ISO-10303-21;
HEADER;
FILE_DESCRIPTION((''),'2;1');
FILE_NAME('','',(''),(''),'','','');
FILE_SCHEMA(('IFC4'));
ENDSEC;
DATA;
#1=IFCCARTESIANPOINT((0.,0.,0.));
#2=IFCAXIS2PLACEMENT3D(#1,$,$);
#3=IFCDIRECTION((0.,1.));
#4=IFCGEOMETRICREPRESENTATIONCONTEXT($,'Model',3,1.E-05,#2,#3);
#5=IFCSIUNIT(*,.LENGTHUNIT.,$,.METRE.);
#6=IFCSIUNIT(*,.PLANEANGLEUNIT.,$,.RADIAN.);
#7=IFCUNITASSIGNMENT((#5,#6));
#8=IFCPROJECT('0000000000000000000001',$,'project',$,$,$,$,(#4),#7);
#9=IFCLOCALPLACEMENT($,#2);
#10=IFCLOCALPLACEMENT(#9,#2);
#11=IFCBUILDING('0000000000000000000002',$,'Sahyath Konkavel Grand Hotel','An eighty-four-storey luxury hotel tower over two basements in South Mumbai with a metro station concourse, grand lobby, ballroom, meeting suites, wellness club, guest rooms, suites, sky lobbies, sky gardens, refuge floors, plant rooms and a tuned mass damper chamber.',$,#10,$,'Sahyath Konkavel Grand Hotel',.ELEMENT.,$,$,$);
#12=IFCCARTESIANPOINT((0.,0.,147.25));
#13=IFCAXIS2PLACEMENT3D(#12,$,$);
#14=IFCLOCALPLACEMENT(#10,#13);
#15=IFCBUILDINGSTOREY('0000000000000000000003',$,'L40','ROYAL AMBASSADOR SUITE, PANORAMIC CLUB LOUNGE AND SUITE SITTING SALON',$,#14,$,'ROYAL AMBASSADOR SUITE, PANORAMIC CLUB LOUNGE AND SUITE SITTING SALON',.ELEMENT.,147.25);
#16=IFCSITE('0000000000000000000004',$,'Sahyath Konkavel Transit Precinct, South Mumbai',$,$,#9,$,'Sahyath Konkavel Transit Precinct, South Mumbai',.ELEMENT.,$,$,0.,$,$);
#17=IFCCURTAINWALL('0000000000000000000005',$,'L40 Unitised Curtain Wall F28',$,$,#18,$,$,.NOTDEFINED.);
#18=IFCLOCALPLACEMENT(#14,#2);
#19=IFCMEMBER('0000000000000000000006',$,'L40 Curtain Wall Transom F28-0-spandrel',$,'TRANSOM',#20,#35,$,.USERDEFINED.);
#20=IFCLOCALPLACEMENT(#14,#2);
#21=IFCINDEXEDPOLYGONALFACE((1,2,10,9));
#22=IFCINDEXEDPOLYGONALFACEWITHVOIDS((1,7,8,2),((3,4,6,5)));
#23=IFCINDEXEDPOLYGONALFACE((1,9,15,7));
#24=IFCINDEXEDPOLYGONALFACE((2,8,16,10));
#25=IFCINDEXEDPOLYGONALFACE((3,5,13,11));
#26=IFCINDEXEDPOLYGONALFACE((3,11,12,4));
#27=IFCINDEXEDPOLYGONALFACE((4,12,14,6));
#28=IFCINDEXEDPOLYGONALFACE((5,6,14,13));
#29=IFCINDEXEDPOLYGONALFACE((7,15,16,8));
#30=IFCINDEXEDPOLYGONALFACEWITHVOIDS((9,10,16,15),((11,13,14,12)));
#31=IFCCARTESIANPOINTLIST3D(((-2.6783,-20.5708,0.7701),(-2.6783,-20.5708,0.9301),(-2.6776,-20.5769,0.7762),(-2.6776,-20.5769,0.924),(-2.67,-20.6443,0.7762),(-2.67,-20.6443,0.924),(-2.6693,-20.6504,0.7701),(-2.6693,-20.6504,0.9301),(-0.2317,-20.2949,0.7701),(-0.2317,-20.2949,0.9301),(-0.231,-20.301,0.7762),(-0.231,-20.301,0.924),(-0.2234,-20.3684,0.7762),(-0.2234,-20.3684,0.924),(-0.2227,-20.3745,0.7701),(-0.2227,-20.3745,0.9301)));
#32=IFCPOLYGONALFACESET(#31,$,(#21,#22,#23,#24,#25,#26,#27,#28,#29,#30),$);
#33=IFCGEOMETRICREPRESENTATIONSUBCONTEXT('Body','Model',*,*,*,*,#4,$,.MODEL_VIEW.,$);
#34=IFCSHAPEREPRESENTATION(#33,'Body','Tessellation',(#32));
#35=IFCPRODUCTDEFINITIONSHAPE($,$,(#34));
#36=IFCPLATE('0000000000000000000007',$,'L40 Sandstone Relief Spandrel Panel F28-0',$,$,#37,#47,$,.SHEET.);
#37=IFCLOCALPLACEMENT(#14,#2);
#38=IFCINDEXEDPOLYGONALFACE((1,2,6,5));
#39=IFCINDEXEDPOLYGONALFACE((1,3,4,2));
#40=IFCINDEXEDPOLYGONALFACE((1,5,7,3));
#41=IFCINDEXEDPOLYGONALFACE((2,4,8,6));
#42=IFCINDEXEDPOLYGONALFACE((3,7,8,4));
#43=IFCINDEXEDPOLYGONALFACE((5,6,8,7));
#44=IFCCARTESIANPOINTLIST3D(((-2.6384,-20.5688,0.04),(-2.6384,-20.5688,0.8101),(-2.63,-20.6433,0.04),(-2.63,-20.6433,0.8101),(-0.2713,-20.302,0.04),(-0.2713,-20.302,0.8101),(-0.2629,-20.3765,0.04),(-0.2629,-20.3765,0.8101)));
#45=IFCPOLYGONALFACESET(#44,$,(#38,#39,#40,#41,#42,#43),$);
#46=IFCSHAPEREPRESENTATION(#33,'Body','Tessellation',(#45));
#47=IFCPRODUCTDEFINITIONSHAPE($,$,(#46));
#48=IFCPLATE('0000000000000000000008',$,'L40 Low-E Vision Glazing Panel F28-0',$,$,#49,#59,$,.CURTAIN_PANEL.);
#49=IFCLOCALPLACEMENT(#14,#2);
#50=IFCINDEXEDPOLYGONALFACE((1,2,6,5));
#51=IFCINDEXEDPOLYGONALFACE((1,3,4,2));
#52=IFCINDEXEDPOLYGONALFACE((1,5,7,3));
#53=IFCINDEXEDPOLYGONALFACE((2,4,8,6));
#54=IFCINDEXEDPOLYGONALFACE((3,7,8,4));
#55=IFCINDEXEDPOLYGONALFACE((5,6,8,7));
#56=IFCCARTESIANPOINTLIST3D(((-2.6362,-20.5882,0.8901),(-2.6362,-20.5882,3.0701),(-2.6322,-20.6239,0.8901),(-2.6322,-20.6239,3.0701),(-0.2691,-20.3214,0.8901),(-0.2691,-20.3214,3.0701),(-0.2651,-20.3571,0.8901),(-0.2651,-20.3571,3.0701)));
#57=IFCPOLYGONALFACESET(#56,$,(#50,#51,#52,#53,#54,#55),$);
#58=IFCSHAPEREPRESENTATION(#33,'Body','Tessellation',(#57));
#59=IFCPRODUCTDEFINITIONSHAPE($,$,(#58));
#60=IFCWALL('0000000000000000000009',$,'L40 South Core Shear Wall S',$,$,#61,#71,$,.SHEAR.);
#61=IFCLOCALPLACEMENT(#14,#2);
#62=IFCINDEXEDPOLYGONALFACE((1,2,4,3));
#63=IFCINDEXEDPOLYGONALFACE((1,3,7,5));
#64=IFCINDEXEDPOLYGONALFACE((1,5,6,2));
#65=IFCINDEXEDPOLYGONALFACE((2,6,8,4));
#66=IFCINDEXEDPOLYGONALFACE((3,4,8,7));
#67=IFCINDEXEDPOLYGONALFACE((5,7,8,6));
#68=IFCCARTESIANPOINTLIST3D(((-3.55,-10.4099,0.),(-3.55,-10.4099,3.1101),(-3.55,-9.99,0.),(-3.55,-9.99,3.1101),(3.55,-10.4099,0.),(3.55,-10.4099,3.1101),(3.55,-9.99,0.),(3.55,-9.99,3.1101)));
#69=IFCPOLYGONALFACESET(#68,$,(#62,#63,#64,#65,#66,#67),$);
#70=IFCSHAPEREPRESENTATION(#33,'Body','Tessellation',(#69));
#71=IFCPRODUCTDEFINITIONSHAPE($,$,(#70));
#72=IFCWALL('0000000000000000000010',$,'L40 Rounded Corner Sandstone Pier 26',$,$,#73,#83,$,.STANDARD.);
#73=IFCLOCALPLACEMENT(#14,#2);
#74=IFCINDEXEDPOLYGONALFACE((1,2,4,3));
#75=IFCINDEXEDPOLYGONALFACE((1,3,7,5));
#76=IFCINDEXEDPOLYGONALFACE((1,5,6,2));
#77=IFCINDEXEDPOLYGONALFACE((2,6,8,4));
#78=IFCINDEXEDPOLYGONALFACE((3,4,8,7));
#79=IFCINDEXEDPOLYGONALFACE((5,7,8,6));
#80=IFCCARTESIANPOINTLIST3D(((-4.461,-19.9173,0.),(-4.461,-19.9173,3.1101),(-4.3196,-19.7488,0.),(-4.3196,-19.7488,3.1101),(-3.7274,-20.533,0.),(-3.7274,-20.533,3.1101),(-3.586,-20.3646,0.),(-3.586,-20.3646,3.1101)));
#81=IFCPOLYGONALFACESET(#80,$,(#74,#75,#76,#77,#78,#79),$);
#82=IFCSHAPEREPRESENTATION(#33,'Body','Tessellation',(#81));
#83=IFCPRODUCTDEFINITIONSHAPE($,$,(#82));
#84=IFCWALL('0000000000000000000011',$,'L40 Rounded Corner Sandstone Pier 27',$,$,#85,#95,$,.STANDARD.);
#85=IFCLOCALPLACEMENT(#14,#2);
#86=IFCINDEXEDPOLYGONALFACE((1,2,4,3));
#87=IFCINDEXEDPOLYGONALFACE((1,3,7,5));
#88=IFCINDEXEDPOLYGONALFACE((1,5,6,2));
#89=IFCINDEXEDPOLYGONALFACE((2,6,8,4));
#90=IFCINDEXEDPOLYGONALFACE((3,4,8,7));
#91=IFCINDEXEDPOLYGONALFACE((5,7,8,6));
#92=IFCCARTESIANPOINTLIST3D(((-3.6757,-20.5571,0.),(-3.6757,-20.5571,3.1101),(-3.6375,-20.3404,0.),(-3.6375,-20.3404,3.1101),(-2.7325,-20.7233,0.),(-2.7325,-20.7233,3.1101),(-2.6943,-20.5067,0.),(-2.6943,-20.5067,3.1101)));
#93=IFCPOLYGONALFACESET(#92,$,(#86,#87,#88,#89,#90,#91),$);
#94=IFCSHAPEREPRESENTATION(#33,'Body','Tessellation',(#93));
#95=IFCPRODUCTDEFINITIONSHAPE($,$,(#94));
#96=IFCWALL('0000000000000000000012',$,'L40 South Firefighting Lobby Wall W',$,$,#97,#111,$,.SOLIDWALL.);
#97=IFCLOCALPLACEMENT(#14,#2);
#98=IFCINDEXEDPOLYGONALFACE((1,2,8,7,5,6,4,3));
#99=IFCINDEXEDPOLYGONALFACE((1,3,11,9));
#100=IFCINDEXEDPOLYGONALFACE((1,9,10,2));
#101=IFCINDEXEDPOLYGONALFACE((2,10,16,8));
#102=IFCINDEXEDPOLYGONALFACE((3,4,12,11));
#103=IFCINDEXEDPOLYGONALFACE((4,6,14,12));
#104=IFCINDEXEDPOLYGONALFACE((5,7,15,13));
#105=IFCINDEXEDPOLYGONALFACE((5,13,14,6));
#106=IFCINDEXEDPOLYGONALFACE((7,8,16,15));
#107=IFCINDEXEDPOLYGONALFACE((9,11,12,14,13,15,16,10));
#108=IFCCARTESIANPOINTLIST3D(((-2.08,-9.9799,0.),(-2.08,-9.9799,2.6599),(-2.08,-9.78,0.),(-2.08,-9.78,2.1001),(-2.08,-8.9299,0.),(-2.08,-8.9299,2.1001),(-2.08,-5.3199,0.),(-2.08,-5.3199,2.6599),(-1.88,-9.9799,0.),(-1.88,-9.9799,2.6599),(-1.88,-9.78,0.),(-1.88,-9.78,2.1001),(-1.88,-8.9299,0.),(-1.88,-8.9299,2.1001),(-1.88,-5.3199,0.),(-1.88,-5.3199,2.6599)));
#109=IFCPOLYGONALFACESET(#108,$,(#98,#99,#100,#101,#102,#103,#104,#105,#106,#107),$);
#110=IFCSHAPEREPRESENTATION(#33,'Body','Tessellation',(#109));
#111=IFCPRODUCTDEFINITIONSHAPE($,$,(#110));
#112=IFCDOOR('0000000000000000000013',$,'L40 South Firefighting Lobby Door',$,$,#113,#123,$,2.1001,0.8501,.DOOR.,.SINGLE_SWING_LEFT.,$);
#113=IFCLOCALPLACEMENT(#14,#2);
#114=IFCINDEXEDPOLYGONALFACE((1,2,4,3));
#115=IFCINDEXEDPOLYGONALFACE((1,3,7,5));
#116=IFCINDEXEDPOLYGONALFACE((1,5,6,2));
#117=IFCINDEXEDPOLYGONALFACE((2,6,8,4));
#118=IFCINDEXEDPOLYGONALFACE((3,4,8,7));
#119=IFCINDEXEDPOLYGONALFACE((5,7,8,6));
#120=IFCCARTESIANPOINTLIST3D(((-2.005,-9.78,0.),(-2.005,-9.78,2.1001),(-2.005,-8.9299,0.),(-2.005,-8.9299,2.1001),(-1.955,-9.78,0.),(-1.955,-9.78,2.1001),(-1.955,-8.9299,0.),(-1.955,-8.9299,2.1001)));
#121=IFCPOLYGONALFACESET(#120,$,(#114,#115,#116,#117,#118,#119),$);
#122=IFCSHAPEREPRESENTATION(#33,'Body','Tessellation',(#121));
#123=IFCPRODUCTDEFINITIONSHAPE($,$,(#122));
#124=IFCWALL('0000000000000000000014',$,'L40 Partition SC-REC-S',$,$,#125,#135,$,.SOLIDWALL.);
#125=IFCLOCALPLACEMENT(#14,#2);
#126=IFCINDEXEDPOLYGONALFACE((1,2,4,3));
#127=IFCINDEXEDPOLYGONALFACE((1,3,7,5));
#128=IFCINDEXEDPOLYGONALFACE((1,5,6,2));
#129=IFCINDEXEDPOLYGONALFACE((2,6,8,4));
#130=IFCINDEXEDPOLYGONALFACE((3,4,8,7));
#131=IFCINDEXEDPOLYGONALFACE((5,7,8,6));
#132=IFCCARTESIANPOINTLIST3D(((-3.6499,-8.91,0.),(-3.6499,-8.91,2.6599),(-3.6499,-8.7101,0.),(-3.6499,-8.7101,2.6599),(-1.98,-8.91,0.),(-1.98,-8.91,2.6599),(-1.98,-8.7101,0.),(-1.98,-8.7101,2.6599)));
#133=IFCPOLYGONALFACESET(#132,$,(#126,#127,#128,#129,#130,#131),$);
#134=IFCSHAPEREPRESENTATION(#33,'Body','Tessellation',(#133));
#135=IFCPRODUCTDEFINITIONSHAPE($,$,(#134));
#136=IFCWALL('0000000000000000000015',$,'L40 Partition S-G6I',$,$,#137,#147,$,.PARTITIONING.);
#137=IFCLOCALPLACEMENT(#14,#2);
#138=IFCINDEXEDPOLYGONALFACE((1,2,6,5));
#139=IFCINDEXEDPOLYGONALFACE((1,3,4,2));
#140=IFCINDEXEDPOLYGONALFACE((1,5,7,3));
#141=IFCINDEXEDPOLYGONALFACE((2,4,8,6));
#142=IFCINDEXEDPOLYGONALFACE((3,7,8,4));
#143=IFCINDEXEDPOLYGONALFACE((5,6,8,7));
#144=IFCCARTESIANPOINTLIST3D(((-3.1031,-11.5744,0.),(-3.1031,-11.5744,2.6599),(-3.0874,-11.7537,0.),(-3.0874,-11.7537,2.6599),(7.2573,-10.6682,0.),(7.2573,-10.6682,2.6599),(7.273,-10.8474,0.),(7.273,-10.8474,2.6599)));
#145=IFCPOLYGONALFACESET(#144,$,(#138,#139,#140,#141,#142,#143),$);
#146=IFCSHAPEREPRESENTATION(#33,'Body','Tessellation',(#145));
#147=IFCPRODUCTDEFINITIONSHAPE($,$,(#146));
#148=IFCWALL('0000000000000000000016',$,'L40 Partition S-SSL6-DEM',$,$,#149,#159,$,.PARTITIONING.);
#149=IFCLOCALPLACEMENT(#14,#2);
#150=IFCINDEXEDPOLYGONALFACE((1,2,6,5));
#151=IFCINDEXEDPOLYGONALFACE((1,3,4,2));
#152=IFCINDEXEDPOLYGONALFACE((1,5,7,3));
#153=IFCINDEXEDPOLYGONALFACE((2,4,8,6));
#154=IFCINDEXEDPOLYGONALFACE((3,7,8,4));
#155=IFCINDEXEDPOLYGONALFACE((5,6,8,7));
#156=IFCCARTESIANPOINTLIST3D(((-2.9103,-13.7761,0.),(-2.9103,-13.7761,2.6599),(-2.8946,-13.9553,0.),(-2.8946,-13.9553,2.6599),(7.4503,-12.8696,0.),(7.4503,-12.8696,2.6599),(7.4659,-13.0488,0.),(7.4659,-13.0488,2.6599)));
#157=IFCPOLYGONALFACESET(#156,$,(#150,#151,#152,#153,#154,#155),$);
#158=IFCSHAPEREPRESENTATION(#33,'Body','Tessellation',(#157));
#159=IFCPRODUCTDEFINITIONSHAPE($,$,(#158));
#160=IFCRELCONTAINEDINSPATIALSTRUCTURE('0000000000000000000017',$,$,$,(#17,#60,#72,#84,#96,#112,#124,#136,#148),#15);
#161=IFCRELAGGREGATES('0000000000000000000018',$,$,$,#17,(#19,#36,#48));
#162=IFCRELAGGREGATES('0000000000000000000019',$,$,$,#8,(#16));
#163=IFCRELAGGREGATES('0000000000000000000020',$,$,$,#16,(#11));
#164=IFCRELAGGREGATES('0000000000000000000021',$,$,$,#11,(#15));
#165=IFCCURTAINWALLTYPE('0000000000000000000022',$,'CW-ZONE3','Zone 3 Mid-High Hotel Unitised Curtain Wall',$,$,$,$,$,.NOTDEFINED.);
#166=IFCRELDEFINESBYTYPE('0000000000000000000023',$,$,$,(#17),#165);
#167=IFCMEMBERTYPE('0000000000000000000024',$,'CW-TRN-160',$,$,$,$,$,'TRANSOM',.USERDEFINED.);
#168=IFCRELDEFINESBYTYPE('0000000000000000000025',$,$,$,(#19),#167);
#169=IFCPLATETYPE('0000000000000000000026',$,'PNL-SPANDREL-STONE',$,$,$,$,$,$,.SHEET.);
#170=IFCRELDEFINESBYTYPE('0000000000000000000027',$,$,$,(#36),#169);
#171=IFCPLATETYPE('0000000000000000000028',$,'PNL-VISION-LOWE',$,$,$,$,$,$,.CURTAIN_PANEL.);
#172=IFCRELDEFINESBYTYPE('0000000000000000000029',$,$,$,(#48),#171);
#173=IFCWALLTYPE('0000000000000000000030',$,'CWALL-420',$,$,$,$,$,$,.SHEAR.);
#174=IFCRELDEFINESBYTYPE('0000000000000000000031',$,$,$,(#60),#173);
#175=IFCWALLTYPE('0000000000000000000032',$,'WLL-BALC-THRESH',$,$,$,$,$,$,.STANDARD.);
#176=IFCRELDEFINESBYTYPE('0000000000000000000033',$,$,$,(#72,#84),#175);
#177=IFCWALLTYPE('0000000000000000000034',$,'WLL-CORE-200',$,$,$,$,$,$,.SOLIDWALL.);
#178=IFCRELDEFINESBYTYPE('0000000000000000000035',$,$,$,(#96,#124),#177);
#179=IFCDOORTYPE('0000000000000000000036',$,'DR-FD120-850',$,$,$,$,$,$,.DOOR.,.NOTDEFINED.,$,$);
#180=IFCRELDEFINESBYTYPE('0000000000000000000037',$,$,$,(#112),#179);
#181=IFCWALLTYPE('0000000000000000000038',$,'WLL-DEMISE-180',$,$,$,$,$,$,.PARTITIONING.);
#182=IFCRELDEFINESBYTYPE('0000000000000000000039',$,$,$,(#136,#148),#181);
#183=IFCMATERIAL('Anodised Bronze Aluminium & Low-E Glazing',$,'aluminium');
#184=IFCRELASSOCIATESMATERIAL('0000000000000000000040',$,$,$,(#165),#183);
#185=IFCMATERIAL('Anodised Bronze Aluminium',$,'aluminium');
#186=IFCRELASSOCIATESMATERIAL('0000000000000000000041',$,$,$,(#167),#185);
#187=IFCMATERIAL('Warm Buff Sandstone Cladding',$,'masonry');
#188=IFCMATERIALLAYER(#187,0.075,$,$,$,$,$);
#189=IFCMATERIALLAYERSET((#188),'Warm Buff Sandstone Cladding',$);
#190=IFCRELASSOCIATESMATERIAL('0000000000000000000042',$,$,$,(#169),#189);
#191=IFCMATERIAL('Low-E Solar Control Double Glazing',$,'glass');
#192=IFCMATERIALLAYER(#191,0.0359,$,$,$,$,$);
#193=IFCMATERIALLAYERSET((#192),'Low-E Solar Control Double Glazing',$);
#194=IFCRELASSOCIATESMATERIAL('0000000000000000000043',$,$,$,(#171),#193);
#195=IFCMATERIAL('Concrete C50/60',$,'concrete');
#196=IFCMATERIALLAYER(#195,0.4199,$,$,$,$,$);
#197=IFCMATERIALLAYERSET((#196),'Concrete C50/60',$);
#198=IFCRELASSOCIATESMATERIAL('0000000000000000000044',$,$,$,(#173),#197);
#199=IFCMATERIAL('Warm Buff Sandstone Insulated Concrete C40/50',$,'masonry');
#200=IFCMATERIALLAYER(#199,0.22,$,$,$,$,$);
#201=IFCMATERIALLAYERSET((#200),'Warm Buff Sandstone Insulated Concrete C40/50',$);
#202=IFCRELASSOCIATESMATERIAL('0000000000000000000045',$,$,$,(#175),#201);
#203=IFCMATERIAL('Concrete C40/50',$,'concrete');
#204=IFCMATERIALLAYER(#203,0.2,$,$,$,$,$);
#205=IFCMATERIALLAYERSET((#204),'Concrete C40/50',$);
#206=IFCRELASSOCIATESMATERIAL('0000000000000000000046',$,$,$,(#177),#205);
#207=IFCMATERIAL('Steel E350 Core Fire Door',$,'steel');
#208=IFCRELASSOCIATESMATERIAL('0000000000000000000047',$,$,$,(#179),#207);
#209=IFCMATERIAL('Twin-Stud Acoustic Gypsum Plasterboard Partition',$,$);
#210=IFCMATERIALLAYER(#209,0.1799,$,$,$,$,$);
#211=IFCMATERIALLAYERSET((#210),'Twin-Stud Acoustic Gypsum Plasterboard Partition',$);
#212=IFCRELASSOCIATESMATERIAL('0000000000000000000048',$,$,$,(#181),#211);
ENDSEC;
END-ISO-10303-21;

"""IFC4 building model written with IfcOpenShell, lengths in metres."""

from ifc_helpers import new_model, si_unit, direction, frame, frame_2d, origin, origin_2d, place, context, subcontext, project, spatial, rectangle, hollow_rectangle, extrude, source, transform, mapped, material, layer, layer_set, material_profile, profile_set, type_object, element, fill, aggregate, save


model = new_model("IFC4")

# Units and contexts
model_context = context("Model", 3, precision=1e-05, world=origin(), true_north=direction((0.0, 1.0)))
body_context = subcontext(model_context, "Body", "Model", "MODEL_VIEW")
ifc_project = project(units=[si_unit("LENGTHUNIT", "METRE"), si_unit("PLANEANGLEUNIT", "RADIAN")], contexts=[model_context])

# Site, building, storey
site_placement = place(None, origin())
site = spatial("IfcSite", under=ifc_project, at=site_placement, Name="Sahyath Konkavel Transit Precinct, South Mumbai", LongName="Sahyath Konkavel Transit Precinct, South Mumbai", CompositionType="ELEMENT", RefElevation=0.0)
building_placement = place(site_placement, origin())
building = spatial("IfcBuilding", under=site, at=building_placement, Name="Sahyath Konkavel Grand Hotel", Description="An eighty-four-storey luxury hotel tower over two basements in South Mumbai with a metro station concourse, grand lobby, ballroom, meeting suites, wellness club, guest rooms, suites, sky lobbies, sky gardens, refuge floors, plant rooms and a tuned mass damper chamber.", LongName="Sahyath Konkavel Grand Hotel", CompositionType="ELEMENT")
storey_placement = place(building_placement, frame((0.0, 0.0, 147.25)))
storey = spatial("IfcBuildingStorey", under=building, at=storey_placement, Name="L40", Description="ROYAL AMBASSADOR SUITE, PANORAMIC CLUB LOUNGE AND SUITE SITTING SALON", LongName="ROYAL AMBASSADOR SUITE, PANORAMIC CLUB LOUNGE AND SUITE SITTING SALON", CompositionType="ELEMENT", Elevation=147.25)

# Shared definitions
ifc_material_1 = material(Name="Concrete C50/60", Category="concrete")
ifc_material_2 = material(Name="Concrete C40/50", Category="concrete")

# Curtain wall, member, plates
ifc_material_3 = material(Name="Anodised Bronze Aluminium & Low-E Glazing", Category="aluminium")
curtain_wall_type = type_object("IfcCurtainWallType", Name="CW-ZONE3", Description="Zone 3 Mid-High Hotel Unitised Curtain Wall", PredefinedType="NOTDEFINED", material=ifc_material_3)
curtain_wall_placement = place(storey_placement, origin())
curtain_wall = element("IfcCurtainWall", 1, at=curtain_wall_placement, inside=storey, type_object=curtain_wall_type, Name="L40 Unitised Curtain Wall F28", PredefinedType="NOTDEFINED")
ifc_material_4 = material(Name="Anodised Bronze Aluminium", Category="aluminium")
ifc_material_profile_1 = material_profile(ifc_material_4, hollow_rectangle(XDim=0.0801, YDim=0.1599, WallThickness=0.0061, at=origin_2d()), Name="RHS 160x80x6")
ifc_profile_set_1 = profile_set([ifc_material_profile_1], Name="Anodised Bronze Aluminium")
member_type_1 = type_object("IfcMemberType", Name="CW-TRN-160", ElementType="TRANSOM", PredefinedType="USERDEFINED", material=ifc_profile_set_1)
shared_shape_1 = source(origin(), body_context, "Body", "SweptSolid", [
    extrude(hollow_rectangle(XDim=0.0801, YDim=0.1599, WallThickness=0.0061, at=origin_2d()), origin(), (0.0, 0.0, 1.0), 2.4622),
])
member_1_placement = place(storey_placement, frame((-2.6738, -20.6106, 0.8501), z_axis=(0.993702, 0.112053, 0.0), x_axis=(-0.112053, 0.993702, 0.0)))
member_1 = element("IfcMember", 2, at=member_1_placement, type_object=member_type_1, Name="L40 Curtain Wall Transom F28-0-spandrel", ObjectType="TRANSOM", PredefinedType="USERDEFINED", context=body_context, shape_type="MappedRepresentation", body=[
    mapped(shared_shape_1, transform((0.0, 0.0, 0.0), scale=1.0)),
])
ifc_material_5 = material(Name="Warm Buff Sandstone Cladding", Category="masonry")
ifc_layer_1 = layer(ifc_material_5, 0.075)
ifc_layer_set_1 = layer_set([ifc_layer_1], Name="Warm Buff Sandstone Cladding")
plate_type_1 = type_object("IfcPlateType", Name="PNL-SPANDREL-STONE", PredefinedType="SHEET", material=ifc_layer_set_1)
shared_shape_2 = source(origin(), body_context, "Body", "SweptSolid", [
    extrude(rectangle(XDim=2.3821, YDim=0.075, at=origin_2d()), origin(), (0.0, 0.0, 1.0), 0.77),
])
plate_1_placement = place(storey_placement, frame((-1.4507, -20.4727, 0.04), z_axis=(0.0, 0.0, 1.0), x_axis=(0.993707, 0.112007, 0.0)))
plate_1 = element("IfcPlate", 3, at=plate_1_placement, type_object=plate_type_1, Name="L40 Sandstone Relief Spandrel Panel F28-0", PredefinedType="SHEET", context=body_context, shape_type="MappedRepresentation", body=[
    mapped(shared_shape_2, transform((0.0, 0.0, 0.0), scale=1.0)),
])
ifc_material_6 = material(Name="Low-E Solar Control Double Glazing", Category="glass")
ifc_layer_2 = layer(ifc_material_6, 0.0359)
ifc_layer_set_2 = layer_set([ifc_layer_2], Name="Low-E Solar Control Double Glazing")
plate_type_2 = type_object("IfcPlateType", Name="PNL-VISION-LOWE", PredefinedType="CURTAIN_PANEL", material=ifc_layer_set_2)
shared_shape_3 = source(origin(), body_context, "Body", "SweptSolid", [
    extrude(rectangle(XDim=2.3821, YDim=0.0359, at=origin_2d()), origin(), (0.0, 0.0, 1.0), 2.1799),
])
plate_2_placement = place(storey_placement, frame((-1.4507, -20.4727, 0.8901), z_axis=(0.0, 0.0, 1.0), x_axis=(0.993707, 0.112007, 0.0)))
plate_2 = element("IfcPlate", 4, at=plate_2_placement, type_object=plate_type_2, Name="L40 Low-E Vision Glazing Panel F28-0", PredefinedType="CURTAIN_PANEL", context=body_context, shape_type="MappedRepresentation", body=[
    mapped(shared_shape_3, transform((0.0, 0.0, 0.0), scale=1.0)),
])
aggregate(curtain_wall, [member_1, plate_1, plate_2])

# Walls
ifc_layer_3 = layer(ifc_material_1, 0.4199)
ifc_layer_set_3 = layer_set([ifc_layer_3], Name="Concrete C50/60")
wall_type_1 = type_object("IfcWallType", Name="CWALL-420", PredefinedType="SHEAR", material=ifc_layer_set_3)
wall_1_placement = place(storey_placement, frame((-3.55, -10.2, 0.0), z_axis=(0.0, 0.0, 1.0), x_axis=(1.0, 0.0, 0.0)))
element("IfcWall", 5, at=wall_1_placement, inside=storey, type_object=wall_type_1, Name="L40 South Core Shear Wall S", PredefinedType="SHEAR", context=body_context, shape_type="SweptSolid", body=[
    extrude(rectangle(XDim=7.1001, YDim=0.4199, at=frame_2d((3.55, 0.0))), origin(), (0.0, 0.0, 1.0), 3.1101),
])
ifc_material_7 = material(Name="Warm Buff Sandstone Insulated Concrete C40/50", Category="masonry")
ifc_layer_4 = layer(ifc_material_7, 0.22)
ifc_layer_set_4 = layer_set([ifc_layer_4], Name="Warm Buff Sandstone Insulated Concrete C40/50")
wall_type_2 = type_object("IfcWallType", Name="WLL-BALC-THRESH", PredefinedType="STANDARD", material=ifc_layer_set_4)
for number, where, z_axis, x_axis, name in (
    (6, (-4.3904, -19.833, 0.0), (0.0, 0.0, 1.0), (0.765981, -0.642863, 0.0), "L40 Rounded Corner Sandstone Pier 26"),
    (7, (-3.6567, -20.4487, 0.0), (0.0, 0.0, 1.0), (0.984814, -0.173611, 0.0), "L40 Rounded Corner Sandstone Pier 27"),
):
    element("IfcWall", number, at=place(storey_placement, frame(where, z_axis=z_axis, x_axis=x_axis)), inside=storey, type_object=wall_type_2, Name=name, PredefinedType="STANDARD", context=body_context, shape_type="SweptSolid", body=[
        extrude(rectangle(XDim=0.9578, YDim=0.22, at=frame_2d((0.479, 0.0))), origin(), (0.0, 0.0, 1.0), 3.1101),
    ])

# Wall, opening, door
ifc_layer_5 = layer(ifc_material_2, 0.2)
ifc_layer_set_5 = layer_set([ifc_layer_5], Name="Concrete C40/50")
wall_type_3 = type_object("IfcWallType", Name="WLL-CORE-200", PredefinedType="SOLIDWALL", material=ifc_layer_set_5)
wall_2_placement = place(storey_placement, frame((-1.98, -9.98, 0.0), z_axis=(0.0, 0.0, 1.0), x_axis=(0.0, 1.0, 0.0)))
wall_2 = element("IfcWall", 8, at=wall_2_placement, inside=storey, type_object=wall_type_3, Name="L40 South Firefighting Lobby Wall W", PredefinedType="SOLIDWALL", context=body_context, shape_type="SweptSolid", body=[
    extrude(rectangle(XDim=4.6599, YDim=0.2, at=frame_2d((2.3301, 0.0))), origin(), (0.0, 0.0, 1.0), 2.6599),
])
opening_1_placement = place(wall_2_placement, frame((0.2, 0.0, 0.0)))
opening_1 = element("IfcOpeningElement", 9, at=opening_1_placement, cuts=wall_2, PredefinedType="OPENING", context=body_context, shape_type="SweptSolid", body=[
    extrude(rectangle(XDim=0.8501, YDim=2.1001, at=frame_2d((0.425, 1.05))), frame((0.0, 0.1099, 0.0), z_axis=(0.0, -1.0, 0.0), x_axis=(1.0, 0.0, 0.0)), (0.0, 0.0, 1.0), 0.22),
])
ifc_material_8 = material(Name="Steel E350 Core Fire Door", Category="steel")
door_type_1 = type_object("IfcDoorType", Name="DR-FD120-850", OperationType="NOTDEFINED", PredefinedType="DOOR", material=ifc_material_8)
shared_shape_4 = source(origin(), body_context, "Body", "SweptSolid", [
    extrude(rectangle(XDim=0.8501, YDim=0.05, at=origin_2d()), origin(), (0.0, 0.0, 1.0), 2.1001),
])
door_1_placement = place(opening_1_placement, frame((0.425, 0.0, 0.0)))
door_1 = element("IfcDoor", 10, at=door_1_placement, inside=storey, type_object=door_type_1, Name="L40 South Firefighting Lobby Door", OperationType="SINGLE_SWING_LEFT", OverallHeight=2.1001, OverallWidth=0.8501, PredefinedType="DOOR", context=body_context, shape_type="MappedRepresentation", body=[
    mapped(shared_shape_4, transform((0.0, 0.0, 0.0), scale=1.0)),
])
fill(opening_1, door_1)

# Walls
wall_3_placement = place(storey_placement, frame((-3.6499, -8.8101, 0.0), z_axis=(0.0, 0.0, 1.0), x_axis=(1.0, 0.0, 0.0)))
element("IfcWall", 11, at=wall_3_placement, inside=storey, type_object=wall_type_3, Name="L40 Partition SC-REC-S", PredefinedType="SOLIDWALL", context=body_context, shape_type="SweptSolid", body=[
    extrude(rectangle(XDim=1.6699, YDim=0.2, at=frame_2d((0.835, 0.0))), origin(), (0.0, 0.0, 1.0), 2.6599),
])
ifc_material_9 = material(Name="Twin-Stud Acoustic Gypsum Plasterboard Partition")
ifc_layer_6 = layer(ifc_material_9, 0.1799)
ifc_layer_set_6 = layer_set([ifc_layer_6], Name="Twin-Stud Acoustic Gypsum Plasterboard Partition")
wall_type_4 = type_object("IfcWallType", Name="WLL-DEMISE-180", PredefinedType="PARTITIONING", material=ifc_layer_set_6)
wall_4_placement = place(storey_placement, frame((-3.0952, -11.6641, 0.0), z_axis=(0.0, 0.0, 1.0), x_axis=(0.996196, 0.08714, 0.0)))
element("IfcWall", 12, at=wall_4_placement, inside=storey, type_object=wall_type_4, Name="L40 Partition S-G6I", PredefinedType="PARTITIONING", context=body_context, shape_type="SweptSolid", body=[
    extrude(rectangle(XDim=10.3999, YDim=0.1799, at=frame_2d((5.2, 0.0))), origin(), (0.0, 0.0, 1.0), 2.6599),
])
wall_5_placement = place(storey_placement, frame((-2.9026, -13.8657, 0.0), z_axis=(0.0, 0.0, 1.0), x_axis=(0.996194, 0.087161, 0.0)))
element("IfcWall", 13, at=wall_5_placement, inside=storey, type_object=wall_type_4, Name="L40 Partition S-SSL6-DEM", PredefinedType="PARTITIONING", context=body_context, shape_type="SweptSolid", body=[
    extrude(rectangle(XDim=10.4001, YDim=0.1799, at=frame_2d((5.2002, 0.0))), origin(), (0.0, 0.0, 1.0), 2.6599),
])

save(model, "model.ifc")
